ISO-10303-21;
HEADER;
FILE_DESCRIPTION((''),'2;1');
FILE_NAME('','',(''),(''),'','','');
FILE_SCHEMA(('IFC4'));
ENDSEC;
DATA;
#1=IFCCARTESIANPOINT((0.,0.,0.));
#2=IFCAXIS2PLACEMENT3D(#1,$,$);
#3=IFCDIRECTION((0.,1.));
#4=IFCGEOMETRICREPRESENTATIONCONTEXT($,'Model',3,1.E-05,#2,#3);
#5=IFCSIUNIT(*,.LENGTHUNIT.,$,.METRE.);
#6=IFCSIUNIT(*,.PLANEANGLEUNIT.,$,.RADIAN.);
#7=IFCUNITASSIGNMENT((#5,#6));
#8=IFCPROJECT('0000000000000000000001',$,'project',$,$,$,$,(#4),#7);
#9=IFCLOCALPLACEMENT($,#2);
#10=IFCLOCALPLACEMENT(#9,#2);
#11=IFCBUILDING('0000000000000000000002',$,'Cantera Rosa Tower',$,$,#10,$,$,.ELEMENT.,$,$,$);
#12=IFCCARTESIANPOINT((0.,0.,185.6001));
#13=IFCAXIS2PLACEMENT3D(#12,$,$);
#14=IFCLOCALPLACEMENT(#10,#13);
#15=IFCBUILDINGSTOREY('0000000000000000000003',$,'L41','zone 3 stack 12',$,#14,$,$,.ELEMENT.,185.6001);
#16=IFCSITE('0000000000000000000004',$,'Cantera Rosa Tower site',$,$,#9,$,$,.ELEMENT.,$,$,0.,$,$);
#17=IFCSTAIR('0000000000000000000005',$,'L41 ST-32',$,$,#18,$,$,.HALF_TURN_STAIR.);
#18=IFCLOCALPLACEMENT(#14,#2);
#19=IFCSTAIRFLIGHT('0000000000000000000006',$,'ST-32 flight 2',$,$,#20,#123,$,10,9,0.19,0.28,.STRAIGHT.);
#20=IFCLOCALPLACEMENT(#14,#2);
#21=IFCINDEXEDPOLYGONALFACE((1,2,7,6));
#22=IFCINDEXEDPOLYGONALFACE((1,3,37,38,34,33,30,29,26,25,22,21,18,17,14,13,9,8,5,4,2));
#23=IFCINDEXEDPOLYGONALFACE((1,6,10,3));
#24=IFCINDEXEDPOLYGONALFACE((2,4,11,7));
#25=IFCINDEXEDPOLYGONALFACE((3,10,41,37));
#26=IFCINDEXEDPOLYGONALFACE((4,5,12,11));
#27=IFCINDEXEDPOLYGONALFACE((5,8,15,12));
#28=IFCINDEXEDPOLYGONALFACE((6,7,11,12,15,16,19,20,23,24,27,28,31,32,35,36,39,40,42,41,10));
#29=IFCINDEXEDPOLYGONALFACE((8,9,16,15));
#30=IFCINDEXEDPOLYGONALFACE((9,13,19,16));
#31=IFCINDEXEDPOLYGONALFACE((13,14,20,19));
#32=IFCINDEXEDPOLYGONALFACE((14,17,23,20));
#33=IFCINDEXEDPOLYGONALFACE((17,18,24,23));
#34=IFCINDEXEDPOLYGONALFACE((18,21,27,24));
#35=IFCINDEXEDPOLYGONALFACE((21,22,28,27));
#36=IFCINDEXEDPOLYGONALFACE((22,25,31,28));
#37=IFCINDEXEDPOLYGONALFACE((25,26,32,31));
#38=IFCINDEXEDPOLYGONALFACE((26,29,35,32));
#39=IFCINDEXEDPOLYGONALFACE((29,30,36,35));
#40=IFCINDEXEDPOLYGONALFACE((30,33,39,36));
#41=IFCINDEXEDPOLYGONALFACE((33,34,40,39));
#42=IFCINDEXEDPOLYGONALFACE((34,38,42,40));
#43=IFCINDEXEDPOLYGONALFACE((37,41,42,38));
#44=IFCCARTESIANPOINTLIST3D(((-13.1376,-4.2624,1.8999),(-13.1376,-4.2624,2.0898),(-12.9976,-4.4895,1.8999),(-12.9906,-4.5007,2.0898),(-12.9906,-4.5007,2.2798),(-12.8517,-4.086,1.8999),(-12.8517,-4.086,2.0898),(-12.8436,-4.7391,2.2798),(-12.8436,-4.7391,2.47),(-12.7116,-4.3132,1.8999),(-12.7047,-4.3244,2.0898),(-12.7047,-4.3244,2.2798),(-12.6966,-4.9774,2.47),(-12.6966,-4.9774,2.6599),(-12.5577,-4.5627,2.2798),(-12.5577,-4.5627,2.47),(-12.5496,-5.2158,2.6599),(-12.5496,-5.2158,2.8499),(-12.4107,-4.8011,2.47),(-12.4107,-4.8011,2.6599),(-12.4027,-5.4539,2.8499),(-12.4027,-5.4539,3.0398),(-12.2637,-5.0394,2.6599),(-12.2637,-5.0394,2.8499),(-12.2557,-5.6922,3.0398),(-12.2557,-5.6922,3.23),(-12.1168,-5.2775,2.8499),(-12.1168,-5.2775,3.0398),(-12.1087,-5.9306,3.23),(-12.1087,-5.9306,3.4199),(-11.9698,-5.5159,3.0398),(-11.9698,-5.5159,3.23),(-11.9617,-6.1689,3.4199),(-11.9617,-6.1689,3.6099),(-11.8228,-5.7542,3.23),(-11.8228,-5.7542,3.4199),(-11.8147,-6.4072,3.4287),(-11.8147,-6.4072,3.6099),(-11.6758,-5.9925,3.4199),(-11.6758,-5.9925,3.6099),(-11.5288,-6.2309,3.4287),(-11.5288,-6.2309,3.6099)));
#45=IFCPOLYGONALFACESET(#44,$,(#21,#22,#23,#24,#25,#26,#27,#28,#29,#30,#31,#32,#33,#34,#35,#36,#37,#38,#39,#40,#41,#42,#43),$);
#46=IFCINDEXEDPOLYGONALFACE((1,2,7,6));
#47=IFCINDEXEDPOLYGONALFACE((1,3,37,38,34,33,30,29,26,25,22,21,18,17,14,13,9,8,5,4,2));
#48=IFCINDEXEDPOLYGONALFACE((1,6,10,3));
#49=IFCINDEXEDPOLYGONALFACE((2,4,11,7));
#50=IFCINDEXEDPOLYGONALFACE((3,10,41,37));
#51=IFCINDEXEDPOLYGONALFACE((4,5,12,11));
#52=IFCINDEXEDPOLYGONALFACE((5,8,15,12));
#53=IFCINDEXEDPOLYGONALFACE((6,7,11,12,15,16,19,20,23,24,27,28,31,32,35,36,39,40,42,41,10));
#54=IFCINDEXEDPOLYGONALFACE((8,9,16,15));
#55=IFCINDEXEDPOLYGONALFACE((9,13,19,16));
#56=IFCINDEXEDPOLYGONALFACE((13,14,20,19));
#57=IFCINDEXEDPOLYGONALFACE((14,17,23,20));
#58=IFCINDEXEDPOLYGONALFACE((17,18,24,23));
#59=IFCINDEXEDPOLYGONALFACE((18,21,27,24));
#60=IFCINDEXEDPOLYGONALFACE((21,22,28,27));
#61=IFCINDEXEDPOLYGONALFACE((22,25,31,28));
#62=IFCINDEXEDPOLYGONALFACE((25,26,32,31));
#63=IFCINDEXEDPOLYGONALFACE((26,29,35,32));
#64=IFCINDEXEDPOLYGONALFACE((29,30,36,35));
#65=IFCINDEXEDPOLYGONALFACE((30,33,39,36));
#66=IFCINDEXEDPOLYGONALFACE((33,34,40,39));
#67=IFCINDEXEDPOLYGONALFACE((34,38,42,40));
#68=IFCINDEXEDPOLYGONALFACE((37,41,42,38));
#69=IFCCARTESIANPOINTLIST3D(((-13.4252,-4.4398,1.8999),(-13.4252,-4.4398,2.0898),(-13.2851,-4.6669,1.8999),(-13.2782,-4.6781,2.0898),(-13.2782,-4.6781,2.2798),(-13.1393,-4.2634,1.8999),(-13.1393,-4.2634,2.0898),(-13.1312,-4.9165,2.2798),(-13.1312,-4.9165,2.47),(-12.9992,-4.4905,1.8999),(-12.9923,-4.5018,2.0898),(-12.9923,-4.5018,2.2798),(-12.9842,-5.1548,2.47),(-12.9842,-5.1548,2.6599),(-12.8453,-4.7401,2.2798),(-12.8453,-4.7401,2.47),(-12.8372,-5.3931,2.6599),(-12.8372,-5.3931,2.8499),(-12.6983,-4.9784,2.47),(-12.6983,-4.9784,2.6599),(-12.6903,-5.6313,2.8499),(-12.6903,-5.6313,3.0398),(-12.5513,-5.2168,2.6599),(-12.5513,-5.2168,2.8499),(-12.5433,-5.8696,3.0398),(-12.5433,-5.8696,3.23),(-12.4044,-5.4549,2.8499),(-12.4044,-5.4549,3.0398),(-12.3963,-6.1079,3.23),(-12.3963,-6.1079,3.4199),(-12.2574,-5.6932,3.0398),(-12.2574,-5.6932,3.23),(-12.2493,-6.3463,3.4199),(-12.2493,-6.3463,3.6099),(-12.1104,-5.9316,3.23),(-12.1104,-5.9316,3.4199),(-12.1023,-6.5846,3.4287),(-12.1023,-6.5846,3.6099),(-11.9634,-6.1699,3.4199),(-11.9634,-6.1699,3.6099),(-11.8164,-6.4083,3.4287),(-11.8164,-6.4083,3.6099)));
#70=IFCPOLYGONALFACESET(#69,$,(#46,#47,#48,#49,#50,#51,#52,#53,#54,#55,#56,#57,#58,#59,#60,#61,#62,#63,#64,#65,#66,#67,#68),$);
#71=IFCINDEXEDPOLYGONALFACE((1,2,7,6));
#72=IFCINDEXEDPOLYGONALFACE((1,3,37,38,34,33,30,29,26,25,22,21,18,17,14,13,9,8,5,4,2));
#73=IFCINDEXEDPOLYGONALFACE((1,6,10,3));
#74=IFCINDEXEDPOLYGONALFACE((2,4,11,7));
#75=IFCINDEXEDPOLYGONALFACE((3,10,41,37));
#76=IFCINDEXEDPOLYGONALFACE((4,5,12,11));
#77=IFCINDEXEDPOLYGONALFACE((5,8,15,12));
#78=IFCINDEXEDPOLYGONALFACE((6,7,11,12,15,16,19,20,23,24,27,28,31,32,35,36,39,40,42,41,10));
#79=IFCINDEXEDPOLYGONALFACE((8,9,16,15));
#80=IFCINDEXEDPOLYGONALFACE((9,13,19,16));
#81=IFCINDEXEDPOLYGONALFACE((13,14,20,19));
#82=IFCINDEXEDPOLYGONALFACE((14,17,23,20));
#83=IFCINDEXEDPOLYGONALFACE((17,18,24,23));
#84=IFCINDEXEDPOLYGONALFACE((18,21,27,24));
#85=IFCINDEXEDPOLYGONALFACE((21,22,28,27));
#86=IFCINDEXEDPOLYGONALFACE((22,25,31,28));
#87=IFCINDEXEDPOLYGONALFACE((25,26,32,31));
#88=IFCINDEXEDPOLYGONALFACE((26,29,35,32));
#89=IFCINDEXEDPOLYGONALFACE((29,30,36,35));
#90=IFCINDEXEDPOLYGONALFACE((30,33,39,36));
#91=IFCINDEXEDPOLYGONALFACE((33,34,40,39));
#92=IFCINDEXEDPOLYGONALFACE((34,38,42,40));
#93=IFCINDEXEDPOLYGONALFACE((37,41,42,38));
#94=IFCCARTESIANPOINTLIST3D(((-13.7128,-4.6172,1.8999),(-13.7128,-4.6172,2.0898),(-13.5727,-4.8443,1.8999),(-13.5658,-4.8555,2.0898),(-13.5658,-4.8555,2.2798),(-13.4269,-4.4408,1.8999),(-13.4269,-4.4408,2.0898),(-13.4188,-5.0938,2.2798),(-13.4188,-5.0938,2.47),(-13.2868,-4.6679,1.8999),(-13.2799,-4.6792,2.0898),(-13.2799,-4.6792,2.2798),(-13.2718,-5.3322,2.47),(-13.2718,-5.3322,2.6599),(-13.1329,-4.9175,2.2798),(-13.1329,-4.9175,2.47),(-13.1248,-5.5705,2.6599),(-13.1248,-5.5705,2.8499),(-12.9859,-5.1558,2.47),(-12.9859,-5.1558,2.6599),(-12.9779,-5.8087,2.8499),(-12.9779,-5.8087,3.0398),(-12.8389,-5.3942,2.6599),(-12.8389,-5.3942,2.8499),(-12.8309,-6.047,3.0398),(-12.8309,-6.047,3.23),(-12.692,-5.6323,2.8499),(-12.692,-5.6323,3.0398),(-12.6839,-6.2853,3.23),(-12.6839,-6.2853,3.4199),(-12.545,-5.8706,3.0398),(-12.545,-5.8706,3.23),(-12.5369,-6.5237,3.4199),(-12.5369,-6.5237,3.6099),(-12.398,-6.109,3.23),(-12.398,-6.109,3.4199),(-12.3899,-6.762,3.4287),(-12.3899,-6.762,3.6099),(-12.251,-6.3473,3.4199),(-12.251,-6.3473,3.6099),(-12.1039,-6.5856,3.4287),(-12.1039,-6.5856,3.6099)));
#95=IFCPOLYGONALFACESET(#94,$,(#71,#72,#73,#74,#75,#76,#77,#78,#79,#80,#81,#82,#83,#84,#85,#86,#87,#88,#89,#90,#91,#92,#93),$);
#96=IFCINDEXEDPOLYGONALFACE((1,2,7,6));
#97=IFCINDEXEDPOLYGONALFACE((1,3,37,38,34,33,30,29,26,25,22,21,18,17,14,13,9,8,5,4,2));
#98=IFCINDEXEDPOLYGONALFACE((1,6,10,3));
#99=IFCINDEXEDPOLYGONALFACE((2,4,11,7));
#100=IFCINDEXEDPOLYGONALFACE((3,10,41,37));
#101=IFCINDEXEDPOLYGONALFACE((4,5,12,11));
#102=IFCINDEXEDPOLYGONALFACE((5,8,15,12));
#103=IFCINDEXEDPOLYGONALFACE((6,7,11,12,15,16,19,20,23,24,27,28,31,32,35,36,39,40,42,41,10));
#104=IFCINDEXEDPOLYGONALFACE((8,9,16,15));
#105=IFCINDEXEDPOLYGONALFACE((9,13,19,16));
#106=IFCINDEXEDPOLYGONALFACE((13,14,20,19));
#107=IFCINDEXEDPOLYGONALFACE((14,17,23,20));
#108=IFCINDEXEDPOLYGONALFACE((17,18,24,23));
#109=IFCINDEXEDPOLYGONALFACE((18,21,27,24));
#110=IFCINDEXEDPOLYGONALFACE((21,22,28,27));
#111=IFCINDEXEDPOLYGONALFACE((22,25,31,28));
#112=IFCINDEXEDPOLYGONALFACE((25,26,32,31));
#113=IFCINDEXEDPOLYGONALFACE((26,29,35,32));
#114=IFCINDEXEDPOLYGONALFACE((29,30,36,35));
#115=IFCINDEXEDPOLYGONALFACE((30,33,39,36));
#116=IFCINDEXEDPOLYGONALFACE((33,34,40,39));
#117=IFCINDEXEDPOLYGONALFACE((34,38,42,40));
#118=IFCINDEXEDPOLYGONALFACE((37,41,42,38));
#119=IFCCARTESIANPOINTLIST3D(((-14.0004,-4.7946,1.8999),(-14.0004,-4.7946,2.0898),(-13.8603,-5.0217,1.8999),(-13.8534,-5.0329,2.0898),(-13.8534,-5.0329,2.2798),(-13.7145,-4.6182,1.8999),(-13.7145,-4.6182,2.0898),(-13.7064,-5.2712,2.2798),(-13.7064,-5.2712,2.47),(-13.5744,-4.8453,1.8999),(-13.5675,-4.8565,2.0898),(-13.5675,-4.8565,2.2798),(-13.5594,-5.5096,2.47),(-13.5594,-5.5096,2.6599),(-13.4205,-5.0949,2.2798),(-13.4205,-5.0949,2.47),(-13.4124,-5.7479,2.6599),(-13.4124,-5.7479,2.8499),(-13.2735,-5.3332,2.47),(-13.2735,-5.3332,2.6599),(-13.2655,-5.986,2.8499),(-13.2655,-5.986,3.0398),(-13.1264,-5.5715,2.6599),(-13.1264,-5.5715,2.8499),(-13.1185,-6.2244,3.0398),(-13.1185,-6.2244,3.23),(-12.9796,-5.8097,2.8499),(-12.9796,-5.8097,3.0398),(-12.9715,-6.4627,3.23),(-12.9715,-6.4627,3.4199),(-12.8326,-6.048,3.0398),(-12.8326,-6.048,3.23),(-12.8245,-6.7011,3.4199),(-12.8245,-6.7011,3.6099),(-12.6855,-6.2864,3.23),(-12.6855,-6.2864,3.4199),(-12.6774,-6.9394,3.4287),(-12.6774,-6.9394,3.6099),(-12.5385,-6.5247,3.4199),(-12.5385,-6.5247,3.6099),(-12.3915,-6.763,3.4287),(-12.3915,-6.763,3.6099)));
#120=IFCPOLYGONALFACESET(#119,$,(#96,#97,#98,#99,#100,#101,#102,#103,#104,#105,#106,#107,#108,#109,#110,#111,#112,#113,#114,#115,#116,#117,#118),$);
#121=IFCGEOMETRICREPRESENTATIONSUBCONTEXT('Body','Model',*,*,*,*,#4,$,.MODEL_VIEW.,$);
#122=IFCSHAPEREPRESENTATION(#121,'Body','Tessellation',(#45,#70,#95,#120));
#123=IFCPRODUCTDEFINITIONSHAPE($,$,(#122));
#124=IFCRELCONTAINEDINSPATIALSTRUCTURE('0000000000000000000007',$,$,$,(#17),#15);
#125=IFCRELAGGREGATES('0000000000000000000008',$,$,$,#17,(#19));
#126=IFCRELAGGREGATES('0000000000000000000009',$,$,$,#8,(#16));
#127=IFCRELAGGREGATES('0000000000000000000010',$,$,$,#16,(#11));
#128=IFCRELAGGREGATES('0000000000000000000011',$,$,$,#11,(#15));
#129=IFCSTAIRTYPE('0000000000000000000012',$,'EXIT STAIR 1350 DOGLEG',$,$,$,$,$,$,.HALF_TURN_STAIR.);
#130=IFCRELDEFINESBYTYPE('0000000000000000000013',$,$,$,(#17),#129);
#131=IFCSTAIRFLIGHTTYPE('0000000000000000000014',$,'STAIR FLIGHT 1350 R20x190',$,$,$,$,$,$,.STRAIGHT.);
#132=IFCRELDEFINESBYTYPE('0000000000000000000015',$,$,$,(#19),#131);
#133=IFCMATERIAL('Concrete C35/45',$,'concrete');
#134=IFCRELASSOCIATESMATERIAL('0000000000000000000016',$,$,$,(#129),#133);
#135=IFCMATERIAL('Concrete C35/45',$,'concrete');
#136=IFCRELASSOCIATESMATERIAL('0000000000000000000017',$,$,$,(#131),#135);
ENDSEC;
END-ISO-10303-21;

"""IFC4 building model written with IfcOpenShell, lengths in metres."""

from ifc_helpers import new_model, si_unit, direction, frame, origin, place, context, subcontext, project, spatial, polyline, outline, extrude, material, type_object, element, aggregate, save


model = new_model("IFC4")

# Units and contexts
model_context = context("Model", 3, precision=1e-05, world=origin(), true_north=direction((0.0, 1.0)))
body_context = subcontext(model_context, "Body", "Model", "MODEL_VIEW")
ifc_project = project(units=[si_unit("LENGTHUNIT", "METRE"), si_unit("PLANEANGLEUNIT", "RADIAN")], contexts=[model_context])

# Site, building, storey
site_placement = place(None, origin())
site = spatial("IfcSite", under=ifc_project, at=site_placement, Name="Cantera Rosa Tower site", CompositionType="ELEMENT", RefElevation=0.0)
building_placement = place(site_placement, origin())
building = spatial("IfcBuilding", under=site, at=building_placement, Name="Cantera Rosa Tower", CompositionType="ELEMENT")
storey_placement = place(building_placement, frame((0.0, 0.0, 185.6001)))
storey = spatial("IfcBuildingStorey", under=building, at=storey_placement, Name="L41", Description="zone 3 stack 12", CompositionType="ELEMENT", Elevation=185.6001)

# Stair, stair flight
ifc_material_1 = material(Name="Concrete C35/45", Category="concrete")
stair_type = type_object("IfcStairType", Name="EXIT STAIR 1350 DOGLEG", PredefinedType="HALF_TURN_STAIR", material=ifc_material_1)
stair_placement = place(storey_placement, origin())
stair = element("IfcStair", 1, at=stair_placement, inside=storey, type_object=stair_type, Name="L41 ST-32", PredefinedType="HALF_TURN_STAIR")
ifc_material_2 = material(Name="Concrete C35/45", Category="concrete")
stair_flight_type = type_object("IfcStairFlightType", Name="STAIR FLIGHT 1350 R20x190", PredefinedType="STRAIGHT", material=ifc_material_2)
stair_flight_1_placement = place(storey_placement, frame((-13.4263, -4.4404, 1.8999), z_axis=(0.0, 0.0, 1.0), x_axis=(0.524977, -0.851117, 0.0)))
stair_flight_1 = element("IfcStairFlight", 2, at=stair_flight_1_placement, type_object=stair_flight_type, Name="ST-32 flight 2", NumberOfRisers=10, NumberOfTreads=9, PredefinedType="STRAIGHT", RiserHeight=0.19, TreadLength=0.28, context=body_context, shape_type="SweptSolid", body=[
    extrude(outline(polyline([(0.0, 0.0), (0.0, 0.1899), (0.28, 0.1899), (0.28, 0.3799), (0.5601, 0.3799), (0.5601, 0.5701), (0.8401, 0.5701), (0.8401, 0.76), (1.1201, 0.76), (1.1201, 0.95), (1.3999, 0.95), (1.3999, 1.1399), (1.6799, 1.1399), (1.6799, 1.3301), (1.96, 1.3301), (1.96, 1.52), (2.24, 1.52), (2.24, 1.71), (2.52, 1.71), (2.52, 1.8999), (2.52, 1.5288), (0.2668, 0.0), (0.0, 0.0)])), frame((0.0, 0.675, 0.0), z_axis=(0.0, -1.0, 0.0), x_axis=(1.0, 0.0, 0.0)), (0.0, 0.0, 1.0), 0.3359),
    extrude(outline(polyline([(0.0, 0.0), (0.0, 0.1899), (0.28, 0.1899), (0.28, 0.3799), (0.5601, 0.3799), (0.5601, 0.5701), (0.8401, 0.5701), (0.8401, 0.76), (1.1201, 0.76), (1.1201, 0.95), (1.3999, 0.95), (1.3999, 1.1399), (1.6799, 1.1399), (1.6799, 1.3301), (1.96, 1.3301), (1.96, 1.52), (2.24, 1.52), (2.24, 1.71), (2.52, 1.71), (2.52, 1.8999), (2.52, 1.5288), (0.2668, 0.0), (0.0, 0.0)])), frame((0.0, 0.3372, 0.0), z_axis=(0.0, -1.0, 0.0), x_axis=(1.0, 0.0, 0.0)), (0.0, 0.0, 1.0), 0.3359),
    extrude(outline(polyline([(0.0, 0.0), (0.0, 0.1899), (0.28, 0.1899), (0.28, 0.3799), (0.5601, 0.3799), (0.5601, 0.5701), (0.8401, 0.5701), (0.8401, 0.76), (1.1201, 0.76), (1.1201, 0.95), (1.3999, 0.95), (1.3999, 1.1399), (1.6799, 1.1399), (1.6799, 1.3301), (1.96, 1.3301), (1.96, 1.52), (2.24, 1.52), (2.24, 1.71), (2.52, 1.71), (2.52, 1.8999), (2.52, 1.5288), (0.2668, 0.0), (0.0, 0.0)])), frame((0.0, -0.0007, 0.0), z_axis=(0.0, -1.0, 0.0), x_axis=(1.0, 0.0, 0.0)), (0.0, 0.0, 1.0), 0.3359),
    extrude(outline(polyline([(0.0, 0.0), (0.0, 0.1899), (0.28, 0.1899), (0.28, 0.3799), (0.5601, 0.3799), (0.5601, 0.5701), (0.8401, 0.5701), (0.8401, 0.76), (1.1201, 0.76), (1.1201, 0.95), (1.3999, 0.95), (1.3999, 1.1399), (1.6799, 1.1399), (1.6799, 1.3301), (1.96, 1.3301), (1.96, 1.52), (2.24, 1.52), (2.24, 1.71), (2.52, 1.71), (2.52, 1.8999), (2.52, 1.5288), (0.2668, 0.0), (0.0, 0.0)])), frame((0.0, -0.3386, 0.0), z_axis=(0.0, -1.0, 0.0), x_axis=(1.0, 0.0, 0.0)), (0.0, 0.0, 1.0), 0.3359),
])
aggregate(stair, [stair_flight_1])

save(model, "model.ifc")
